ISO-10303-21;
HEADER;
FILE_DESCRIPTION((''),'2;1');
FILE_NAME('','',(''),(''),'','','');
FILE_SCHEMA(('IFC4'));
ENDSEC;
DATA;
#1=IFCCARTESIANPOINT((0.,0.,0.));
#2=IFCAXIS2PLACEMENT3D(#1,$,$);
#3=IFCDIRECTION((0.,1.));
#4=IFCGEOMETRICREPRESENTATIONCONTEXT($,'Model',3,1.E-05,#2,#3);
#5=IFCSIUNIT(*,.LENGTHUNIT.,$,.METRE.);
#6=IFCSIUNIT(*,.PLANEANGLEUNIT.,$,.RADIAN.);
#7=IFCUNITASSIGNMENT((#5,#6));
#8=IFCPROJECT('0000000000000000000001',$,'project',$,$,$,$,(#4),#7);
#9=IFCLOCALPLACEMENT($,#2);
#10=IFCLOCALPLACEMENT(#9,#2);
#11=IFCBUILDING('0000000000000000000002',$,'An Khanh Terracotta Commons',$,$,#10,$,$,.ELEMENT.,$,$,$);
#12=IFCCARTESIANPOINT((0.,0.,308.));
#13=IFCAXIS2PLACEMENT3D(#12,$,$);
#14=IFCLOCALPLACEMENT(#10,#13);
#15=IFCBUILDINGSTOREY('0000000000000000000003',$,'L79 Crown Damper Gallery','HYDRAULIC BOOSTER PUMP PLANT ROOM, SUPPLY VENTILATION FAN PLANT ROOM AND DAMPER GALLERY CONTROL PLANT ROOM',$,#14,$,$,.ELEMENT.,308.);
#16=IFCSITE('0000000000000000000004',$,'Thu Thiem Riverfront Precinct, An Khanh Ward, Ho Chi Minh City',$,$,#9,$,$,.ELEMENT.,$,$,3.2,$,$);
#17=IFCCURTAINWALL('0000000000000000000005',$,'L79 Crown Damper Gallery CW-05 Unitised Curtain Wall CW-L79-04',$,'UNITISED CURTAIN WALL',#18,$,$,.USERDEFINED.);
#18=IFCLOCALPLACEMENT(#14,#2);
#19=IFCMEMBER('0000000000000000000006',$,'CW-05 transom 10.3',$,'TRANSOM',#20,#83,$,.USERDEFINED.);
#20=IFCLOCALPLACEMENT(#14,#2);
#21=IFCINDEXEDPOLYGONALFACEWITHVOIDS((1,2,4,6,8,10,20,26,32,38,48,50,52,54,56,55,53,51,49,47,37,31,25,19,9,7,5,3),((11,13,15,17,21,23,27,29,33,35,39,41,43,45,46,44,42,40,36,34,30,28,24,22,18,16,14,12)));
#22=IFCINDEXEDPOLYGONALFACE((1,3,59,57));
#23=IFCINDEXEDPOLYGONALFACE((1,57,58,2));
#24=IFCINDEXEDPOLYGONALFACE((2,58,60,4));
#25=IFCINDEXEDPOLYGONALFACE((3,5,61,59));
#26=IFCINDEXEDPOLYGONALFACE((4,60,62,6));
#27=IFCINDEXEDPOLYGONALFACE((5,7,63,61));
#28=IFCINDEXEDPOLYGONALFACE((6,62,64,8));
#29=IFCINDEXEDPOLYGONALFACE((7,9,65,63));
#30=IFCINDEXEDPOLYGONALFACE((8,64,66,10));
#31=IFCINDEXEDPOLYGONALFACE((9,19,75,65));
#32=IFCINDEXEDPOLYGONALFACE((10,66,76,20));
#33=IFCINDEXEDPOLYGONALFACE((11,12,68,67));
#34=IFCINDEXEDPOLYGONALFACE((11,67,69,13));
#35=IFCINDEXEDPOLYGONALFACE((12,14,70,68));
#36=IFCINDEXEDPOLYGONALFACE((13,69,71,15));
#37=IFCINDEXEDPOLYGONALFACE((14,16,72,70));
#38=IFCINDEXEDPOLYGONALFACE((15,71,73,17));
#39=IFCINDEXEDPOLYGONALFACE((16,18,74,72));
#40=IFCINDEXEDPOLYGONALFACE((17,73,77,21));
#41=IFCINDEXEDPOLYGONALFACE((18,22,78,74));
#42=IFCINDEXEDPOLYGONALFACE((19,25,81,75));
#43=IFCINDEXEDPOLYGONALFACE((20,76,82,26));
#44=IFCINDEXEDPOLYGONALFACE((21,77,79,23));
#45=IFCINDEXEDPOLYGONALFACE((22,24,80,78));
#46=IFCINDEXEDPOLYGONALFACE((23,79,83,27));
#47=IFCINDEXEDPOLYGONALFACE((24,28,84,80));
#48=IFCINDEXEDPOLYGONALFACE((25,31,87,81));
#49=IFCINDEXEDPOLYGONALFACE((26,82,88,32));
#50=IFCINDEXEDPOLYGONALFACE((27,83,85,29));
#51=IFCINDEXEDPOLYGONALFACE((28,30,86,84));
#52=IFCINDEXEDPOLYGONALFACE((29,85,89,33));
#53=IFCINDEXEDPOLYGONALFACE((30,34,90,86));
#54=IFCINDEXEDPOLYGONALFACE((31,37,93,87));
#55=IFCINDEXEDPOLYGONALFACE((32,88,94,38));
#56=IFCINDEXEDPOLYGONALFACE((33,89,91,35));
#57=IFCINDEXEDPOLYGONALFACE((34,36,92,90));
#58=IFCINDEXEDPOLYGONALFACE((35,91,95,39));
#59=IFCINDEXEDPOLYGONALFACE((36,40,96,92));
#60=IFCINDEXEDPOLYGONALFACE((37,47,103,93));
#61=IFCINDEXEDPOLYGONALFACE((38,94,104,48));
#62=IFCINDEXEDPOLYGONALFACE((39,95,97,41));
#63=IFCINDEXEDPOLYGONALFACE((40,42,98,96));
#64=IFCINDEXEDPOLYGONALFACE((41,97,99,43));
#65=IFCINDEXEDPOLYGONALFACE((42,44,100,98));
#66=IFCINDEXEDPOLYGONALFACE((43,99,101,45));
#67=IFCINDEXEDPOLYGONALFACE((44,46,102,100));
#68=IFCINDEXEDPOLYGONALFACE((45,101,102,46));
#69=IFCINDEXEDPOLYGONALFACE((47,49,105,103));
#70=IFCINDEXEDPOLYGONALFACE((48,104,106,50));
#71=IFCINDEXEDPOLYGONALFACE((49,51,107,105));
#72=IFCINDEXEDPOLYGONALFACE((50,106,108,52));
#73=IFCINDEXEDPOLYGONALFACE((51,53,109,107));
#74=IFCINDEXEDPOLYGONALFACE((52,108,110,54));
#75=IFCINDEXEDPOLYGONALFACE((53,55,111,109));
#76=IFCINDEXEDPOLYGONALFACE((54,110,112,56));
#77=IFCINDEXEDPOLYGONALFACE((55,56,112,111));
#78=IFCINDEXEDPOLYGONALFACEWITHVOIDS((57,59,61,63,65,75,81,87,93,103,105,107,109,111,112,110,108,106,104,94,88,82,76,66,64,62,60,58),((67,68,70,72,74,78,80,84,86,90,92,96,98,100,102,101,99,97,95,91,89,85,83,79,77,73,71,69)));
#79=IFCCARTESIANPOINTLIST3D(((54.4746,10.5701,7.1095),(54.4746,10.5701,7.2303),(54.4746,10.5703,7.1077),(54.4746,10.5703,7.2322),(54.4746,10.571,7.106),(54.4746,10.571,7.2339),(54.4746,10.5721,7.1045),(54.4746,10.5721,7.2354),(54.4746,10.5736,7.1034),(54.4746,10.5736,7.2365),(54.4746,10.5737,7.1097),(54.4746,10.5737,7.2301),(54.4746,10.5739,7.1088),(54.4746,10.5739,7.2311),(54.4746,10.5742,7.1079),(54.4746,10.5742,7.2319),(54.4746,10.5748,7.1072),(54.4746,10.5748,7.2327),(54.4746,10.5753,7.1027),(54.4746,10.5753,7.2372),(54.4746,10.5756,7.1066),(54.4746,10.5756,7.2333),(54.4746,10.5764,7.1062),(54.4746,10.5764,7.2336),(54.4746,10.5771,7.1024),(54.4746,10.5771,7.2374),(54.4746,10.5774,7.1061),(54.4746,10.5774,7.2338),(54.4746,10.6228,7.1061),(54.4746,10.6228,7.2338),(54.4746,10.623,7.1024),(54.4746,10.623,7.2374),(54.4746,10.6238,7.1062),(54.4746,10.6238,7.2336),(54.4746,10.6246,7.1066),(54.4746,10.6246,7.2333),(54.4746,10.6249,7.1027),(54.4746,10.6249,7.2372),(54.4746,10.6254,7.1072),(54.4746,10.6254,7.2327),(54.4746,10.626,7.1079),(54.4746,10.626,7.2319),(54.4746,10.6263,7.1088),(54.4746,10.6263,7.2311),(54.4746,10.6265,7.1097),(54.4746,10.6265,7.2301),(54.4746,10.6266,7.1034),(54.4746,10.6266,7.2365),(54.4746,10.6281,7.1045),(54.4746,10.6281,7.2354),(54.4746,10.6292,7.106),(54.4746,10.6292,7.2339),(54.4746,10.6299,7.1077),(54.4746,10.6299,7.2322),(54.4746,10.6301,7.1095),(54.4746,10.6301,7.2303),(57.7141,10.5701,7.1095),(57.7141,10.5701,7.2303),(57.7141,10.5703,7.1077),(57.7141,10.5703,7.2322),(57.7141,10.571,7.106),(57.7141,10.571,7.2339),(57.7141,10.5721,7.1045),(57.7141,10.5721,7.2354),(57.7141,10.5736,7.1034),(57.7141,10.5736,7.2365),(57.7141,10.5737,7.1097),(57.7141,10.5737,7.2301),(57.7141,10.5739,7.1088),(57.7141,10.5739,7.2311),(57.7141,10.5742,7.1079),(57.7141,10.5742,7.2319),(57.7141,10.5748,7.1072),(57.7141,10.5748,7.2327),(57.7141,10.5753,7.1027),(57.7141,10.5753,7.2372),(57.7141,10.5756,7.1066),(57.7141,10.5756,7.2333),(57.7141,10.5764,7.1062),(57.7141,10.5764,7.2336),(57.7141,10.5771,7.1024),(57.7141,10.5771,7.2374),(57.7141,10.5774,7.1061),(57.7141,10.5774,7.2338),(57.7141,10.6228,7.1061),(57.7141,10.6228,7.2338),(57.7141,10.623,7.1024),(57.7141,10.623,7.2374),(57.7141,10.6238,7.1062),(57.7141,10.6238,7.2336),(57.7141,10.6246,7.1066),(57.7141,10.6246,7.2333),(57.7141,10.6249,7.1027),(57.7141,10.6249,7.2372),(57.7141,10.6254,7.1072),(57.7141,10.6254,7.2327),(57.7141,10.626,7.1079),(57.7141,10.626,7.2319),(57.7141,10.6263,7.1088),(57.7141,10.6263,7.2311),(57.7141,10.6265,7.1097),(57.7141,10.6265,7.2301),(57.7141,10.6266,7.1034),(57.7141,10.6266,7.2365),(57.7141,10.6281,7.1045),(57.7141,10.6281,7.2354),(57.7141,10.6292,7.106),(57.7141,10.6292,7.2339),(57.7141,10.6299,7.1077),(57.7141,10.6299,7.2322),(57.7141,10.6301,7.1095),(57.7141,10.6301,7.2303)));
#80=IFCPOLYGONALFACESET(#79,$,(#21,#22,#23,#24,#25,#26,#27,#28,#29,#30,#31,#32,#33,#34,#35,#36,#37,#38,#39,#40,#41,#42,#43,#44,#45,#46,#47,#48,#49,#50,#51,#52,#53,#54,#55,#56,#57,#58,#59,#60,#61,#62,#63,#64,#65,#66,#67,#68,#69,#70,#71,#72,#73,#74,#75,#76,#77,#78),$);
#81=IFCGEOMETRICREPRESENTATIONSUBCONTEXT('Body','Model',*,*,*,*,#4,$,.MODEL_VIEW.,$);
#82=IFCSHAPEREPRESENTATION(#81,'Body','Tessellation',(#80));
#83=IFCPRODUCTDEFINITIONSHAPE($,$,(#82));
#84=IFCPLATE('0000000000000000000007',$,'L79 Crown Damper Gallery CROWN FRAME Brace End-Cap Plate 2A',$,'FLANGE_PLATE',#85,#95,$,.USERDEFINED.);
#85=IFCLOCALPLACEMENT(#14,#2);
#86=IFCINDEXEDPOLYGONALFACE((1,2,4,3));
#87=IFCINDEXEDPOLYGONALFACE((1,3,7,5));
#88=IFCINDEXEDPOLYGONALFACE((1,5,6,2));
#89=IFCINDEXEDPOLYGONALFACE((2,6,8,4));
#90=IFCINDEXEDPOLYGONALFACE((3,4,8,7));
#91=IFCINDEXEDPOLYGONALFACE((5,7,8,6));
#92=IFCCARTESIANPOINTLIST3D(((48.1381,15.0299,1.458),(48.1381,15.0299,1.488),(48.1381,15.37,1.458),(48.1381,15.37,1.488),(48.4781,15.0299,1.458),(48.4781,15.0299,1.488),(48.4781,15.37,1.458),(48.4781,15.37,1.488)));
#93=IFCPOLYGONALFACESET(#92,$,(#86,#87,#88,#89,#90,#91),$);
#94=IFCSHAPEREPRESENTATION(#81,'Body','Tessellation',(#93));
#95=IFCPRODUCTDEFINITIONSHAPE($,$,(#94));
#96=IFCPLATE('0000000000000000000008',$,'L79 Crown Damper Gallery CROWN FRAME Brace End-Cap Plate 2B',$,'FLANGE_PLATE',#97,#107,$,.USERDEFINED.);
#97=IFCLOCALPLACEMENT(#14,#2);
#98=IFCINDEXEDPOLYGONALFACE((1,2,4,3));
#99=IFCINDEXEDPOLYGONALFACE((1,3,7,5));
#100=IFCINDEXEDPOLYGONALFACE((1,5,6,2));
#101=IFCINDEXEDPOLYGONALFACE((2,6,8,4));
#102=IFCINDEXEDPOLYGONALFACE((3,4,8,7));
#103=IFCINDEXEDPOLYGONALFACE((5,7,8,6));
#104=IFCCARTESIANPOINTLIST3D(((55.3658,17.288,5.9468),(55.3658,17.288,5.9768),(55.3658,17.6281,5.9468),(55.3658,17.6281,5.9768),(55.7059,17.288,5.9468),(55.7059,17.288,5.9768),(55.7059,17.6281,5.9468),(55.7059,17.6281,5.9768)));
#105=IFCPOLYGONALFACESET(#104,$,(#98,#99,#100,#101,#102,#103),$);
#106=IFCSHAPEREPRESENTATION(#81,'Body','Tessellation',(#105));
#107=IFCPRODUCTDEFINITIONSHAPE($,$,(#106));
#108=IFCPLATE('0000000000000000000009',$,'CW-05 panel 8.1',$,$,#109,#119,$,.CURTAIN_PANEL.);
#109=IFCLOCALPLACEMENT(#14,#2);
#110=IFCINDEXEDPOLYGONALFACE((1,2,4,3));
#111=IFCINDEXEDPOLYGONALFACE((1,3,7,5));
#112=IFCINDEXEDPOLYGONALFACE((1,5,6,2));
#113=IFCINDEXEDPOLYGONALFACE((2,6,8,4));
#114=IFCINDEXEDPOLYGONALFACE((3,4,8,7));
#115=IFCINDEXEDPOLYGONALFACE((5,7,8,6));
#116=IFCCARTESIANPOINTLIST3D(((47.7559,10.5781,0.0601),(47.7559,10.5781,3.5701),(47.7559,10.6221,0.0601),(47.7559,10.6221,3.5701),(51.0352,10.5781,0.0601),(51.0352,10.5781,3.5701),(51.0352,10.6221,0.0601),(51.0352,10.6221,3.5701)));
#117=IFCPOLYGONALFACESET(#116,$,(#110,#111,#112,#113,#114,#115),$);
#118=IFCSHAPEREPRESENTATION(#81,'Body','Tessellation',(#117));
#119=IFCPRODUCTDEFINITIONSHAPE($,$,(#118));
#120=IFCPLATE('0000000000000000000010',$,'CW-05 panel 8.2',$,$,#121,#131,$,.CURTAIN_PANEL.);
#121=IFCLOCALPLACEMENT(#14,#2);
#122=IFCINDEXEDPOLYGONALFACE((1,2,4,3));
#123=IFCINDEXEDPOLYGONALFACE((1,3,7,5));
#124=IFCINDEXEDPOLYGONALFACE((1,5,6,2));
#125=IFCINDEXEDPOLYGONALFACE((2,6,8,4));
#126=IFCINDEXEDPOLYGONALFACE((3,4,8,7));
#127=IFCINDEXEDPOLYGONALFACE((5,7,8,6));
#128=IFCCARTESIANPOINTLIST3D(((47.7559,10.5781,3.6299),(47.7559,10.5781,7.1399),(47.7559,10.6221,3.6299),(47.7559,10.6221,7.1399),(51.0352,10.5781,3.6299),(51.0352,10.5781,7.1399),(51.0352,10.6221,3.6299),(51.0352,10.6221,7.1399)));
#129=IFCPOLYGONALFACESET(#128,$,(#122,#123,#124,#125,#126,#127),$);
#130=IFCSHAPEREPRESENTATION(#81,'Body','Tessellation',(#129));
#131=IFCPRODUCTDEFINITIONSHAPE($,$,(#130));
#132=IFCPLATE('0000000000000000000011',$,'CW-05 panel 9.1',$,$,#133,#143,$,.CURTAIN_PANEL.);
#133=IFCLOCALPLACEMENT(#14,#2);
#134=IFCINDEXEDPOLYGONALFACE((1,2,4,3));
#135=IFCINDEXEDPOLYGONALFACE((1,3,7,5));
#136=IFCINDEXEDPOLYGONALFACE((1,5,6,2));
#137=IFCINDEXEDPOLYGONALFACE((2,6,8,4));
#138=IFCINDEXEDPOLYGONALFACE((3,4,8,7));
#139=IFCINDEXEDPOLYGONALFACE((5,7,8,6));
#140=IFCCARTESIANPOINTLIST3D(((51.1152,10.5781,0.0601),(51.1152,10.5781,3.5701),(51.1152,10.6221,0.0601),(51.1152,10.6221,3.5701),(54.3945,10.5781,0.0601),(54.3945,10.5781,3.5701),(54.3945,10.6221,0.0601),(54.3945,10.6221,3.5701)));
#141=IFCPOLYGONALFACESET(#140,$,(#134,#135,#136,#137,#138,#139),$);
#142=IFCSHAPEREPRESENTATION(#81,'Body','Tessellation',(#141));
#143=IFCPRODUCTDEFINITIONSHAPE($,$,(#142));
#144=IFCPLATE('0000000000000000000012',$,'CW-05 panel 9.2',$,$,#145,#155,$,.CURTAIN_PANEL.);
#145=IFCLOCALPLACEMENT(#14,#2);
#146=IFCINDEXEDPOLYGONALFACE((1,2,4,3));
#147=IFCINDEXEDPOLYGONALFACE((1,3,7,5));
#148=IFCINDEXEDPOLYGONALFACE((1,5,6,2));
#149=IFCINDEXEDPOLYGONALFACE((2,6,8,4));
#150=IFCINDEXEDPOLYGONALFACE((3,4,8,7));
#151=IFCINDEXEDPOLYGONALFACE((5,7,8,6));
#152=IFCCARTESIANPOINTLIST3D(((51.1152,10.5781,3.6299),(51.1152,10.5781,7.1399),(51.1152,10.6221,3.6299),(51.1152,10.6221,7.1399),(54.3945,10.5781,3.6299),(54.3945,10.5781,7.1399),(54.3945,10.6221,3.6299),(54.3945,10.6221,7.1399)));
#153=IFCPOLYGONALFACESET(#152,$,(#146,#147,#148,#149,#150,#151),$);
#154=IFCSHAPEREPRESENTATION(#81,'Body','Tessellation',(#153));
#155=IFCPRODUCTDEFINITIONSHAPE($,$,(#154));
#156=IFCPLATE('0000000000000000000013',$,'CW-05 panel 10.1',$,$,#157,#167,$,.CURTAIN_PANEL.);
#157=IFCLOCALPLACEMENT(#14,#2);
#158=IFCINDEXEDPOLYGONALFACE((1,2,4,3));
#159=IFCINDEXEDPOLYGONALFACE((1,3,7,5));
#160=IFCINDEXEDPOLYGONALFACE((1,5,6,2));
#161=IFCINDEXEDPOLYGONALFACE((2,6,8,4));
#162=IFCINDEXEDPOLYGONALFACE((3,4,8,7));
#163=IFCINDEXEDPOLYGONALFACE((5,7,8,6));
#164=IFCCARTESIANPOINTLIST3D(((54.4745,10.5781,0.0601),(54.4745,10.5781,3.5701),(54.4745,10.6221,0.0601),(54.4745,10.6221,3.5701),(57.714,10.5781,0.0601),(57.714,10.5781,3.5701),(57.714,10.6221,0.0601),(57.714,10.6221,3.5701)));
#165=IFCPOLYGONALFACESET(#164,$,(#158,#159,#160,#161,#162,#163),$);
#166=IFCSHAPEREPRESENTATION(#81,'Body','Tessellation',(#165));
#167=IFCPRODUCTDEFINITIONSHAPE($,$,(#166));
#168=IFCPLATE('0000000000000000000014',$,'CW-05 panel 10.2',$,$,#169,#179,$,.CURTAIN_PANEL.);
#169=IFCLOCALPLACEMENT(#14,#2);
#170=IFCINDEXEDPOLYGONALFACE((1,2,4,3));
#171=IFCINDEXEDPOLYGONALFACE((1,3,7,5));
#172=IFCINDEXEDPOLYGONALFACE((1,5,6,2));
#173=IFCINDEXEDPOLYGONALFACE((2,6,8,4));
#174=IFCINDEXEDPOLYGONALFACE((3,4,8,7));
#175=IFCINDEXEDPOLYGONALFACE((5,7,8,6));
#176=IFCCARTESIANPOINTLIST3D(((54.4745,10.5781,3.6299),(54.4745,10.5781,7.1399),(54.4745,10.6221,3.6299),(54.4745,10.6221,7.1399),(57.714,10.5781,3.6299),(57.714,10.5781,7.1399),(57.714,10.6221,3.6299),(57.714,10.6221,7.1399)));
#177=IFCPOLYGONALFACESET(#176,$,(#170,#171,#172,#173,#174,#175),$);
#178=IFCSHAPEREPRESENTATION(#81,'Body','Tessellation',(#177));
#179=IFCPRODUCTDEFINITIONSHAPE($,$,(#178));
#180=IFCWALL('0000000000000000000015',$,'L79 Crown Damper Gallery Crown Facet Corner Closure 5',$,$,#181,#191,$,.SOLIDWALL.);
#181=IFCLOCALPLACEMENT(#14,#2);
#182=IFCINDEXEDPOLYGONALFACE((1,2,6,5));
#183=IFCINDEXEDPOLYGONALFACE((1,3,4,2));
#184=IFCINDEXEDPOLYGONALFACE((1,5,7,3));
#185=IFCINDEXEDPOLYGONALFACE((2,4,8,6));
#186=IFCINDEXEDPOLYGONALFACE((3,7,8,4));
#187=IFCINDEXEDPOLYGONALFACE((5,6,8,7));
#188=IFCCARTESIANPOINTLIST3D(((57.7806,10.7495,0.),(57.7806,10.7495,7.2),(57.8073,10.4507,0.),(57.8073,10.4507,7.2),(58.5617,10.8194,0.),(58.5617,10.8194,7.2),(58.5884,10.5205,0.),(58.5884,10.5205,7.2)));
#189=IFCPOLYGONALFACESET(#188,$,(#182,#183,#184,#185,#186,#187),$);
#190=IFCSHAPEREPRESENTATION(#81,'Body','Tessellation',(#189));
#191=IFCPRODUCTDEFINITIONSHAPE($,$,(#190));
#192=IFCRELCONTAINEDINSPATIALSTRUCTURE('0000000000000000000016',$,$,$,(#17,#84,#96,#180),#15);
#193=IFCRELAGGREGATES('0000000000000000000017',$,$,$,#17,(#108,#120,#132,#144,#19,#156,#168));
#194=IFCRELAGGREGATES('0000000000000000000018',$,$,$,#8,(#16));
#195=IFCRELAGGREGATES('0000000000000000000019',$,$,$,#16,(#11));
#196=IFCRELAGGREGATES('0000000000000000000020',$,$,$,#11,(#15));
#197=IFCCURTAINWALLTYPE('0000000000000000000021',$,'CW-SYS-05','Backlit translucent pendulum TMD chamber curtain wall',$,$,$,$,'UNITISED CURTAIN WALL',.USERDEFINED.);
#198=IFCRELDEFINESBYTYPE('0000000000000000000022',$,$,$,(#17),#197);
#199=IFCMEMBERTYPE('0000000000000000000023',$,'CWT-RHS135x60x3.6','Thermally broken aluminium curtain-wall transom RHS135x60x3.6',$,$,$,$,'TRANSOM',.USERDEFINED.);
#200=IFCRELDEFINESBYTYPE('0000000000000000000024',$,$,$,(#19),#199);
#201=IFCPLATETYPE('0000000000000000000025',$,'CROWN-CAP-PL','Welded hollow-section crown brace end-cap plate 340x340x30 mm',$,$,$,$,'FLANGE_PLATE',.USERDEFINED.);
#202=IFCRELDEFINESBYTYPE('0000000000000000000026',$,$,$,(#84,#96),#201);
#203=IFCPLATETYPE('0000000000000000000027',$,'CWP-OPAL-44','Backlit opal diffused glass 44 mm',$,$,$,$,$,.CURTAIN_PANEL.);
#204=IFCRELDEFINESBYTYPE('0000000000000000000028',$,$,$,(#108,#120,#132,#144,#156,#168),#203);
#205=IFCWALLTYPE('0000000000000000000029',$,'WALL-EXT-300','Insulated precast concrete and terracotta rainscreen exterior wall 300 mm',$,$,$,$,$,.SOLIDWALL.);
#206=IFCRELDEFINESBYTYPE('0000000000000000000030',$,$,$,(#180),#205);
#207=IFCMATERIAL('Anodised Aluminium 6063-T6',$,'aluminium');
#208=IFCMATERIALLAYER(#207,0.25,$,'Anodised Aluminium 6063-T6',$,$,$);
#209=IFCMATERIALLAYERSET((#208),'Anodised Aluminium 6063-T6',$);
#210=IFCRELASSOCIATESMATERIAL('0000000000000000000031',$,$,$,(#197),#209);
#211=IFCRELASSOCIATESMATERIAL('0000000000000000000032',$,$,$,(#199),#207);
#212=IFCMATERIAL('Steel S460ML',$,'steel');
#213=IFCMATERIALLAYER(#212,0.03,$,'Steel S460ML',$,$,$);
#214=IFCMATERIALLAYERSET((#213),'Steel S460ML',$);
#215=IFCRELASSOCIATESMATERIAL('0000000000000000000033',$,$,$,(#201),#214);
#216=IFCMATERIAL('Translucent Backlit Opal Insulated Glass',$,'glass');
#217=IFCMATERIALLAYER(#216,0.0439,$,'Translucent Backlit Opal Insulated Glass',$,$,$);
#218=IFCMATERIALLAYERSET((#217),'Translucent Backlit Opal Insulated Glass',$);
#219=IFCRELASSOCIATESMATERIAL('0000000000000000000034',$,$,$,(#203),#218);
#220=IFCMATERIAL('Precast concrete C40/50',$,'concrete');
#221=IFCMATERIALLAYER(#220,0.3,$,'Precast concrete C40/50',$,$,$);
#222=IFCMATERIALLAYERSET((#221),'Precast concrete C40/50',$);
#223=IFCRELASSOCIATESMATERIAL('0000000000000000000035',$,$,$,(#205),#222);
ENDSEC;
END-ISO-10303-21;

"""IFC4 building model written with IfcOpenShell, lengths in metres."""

from ifc_helpers import new_model, si_unit, direction, frame, frame_2d, origin, origin_2d, place, context, subcontext, project, spatial, rectangle, hollow_rectangle, extrude, material, layer, layer_set, material_profile, profile_set, type_object, element, aggregate, save


model = new_model("IFC4")

# Units and contexts
model_context = context("Model", 3, precision=1e-05, world=origin(), true_north=direction((0.0, 1.0)))
body_context = subcontext(model_context, "Body", "Model", "MODEL_VIEW")
ifc_project = project(units=[si_unit("LENGTHUNIT", "METRE"), si_unit("PLANEANGLEUNIT", "RADIAN")], contexts=[model_context])

# Site, building, storey
site_placement = place(None, origin())
site = spatial("IfcSite", under=ifc_project, at=site_placement, Name="Thu Thiem Riverfront Precinct, An Khanh Ward, Ho Chi Minh City", CompositionType="ELEMENT", RefElevation=3.2)
building_placement = place(site_placement, origin())
building = spatial("IfcBuilding", under=site, at=building_placement, Name="An Khanh Terracotta Commons", CompositionType="ELEMENT")
storey_placement = place(building_placement, frame((0.0, 0.0, 308.0)))
storey = spatial("IfcBuildingStorey", under=building, at=storey_placement, Name="L79 Crown Damper Gallery", Description="HYDRAULIC BOOSTER PUMP PLANT ROOM, SUPPLY VENTILATION FAN PLANT ROOM AND DAMPER GALLERY CONTROL PLANT ROOM", CompositionType="ELEMENT", Elevation=308.0)

# Shared definitions
ifc_material_1 = material(Name="Steel S460ML", Category="steel")

# Curtain wall, member
ifc_material_2 = material(Name="Anodised Aluminium 6063-T6", Category="aluminium")
ifc_layer_1 = layer(ifc_material_2, 0.25, Name="Anodised Aluminium 6063-T6")
ifc_layer_set_1 = layer_set([ifc_layer_1], Name="Anodised Aluminium 6063-T6")
curtain_wall_type = type_object("IfcCurtainWallType", Name="CW-SYS-05", Description="Backlit translucent pendulum TMD chamber curtain wall", ElementType="UNITISED CURTAIN WALL", PredefinedType="USERDEFINED", material=ifc_layer_set_1)
curtain_wall_placement = place(storey_placement, origin())
curtain_wall = element("IfcCurtainWall", 1, at=curtain_wall_placement, inside=storey, type_object=curtain_wall_type, Name="L79 Crown Damper Gallery CW-05 Unitised Curtain Wall CW-L79-04", ObjectType="UNITISED CURTAIN WALL", PredefinedType="USERDEFINED")
ifc_material_profile_1 = material_profile(ifc_material_2, hollow_rectangle(XDim=0.0601, YDim=0.135, WallThickness=0.0037, InnerFilletRadius=0.0037, OuterFilletRadius=0.0071, at=origin_2d()), Name="RHS135x60x3.6")
ifc_profile_set_1 = profile_set([ifc_material_profile_1], Name="Anodised Aluminium 6063-T6")
member_type_1 = type_object("IfcMemberType", Name="CWT-RHS135x60x3.6", Description="Thermally broken aluminium curtain-wall transom RHS135x60x3.6", ElementType="TRANSOM", PredefinedType="USERDEFINED", material=ifc_profile_set_1)
member_1_placement = place(storey_placement, frame((54.4746, 10.6001, 7.1699), z_axis=(1.0, 0.0, 0.0), x_axis=(0.0, 1.0, 0.0)))
member_1 = element("IfcMember", 2, at=member_1_placement, type_object=member_type_1, Name="CW-05 transom 10.3", ObjectType="TRANSOM", PredefinedType="USERDEFINED", context=body_context, shape_type="SweptSolid", body=[
    extrude(hollow_rectangle(XDim=0.0601, YDim=0.135, WallThickness=0.0037, InnerFilletRadius=0.0037, OuterFilletRadius=0.0071, at=origin_2d()), origin(), (0.0, 0.0, 1.0), 3.2395),
])

# Plates
ifc_layer_2 = layer(ifc_material_1, 0.03, Name="Steel S460ML")
ifc_layer_set_2 = layer_set([ifc_layer_2], Name="Steel S460ML")
plate_type_1 = type_object("IfcPlateType", Name="CROWN-CAP-PL", Description="Welded hollow-section crown brace end-cap plate 340x340x30 mm", ElementType="FLANGE_PLATE", PredefinedType="USERDEFINED", material=ifc_layer_set_2)
for number, where, z_axis, x_axis, name in (
    (3, (48.3081, 15.2, 1.458), (0.0, 0.0, 1.0), (1.0, 0.0, 0.0), "L79 Crown Damper Gallery CROWN FRAME Brace End-Cap Plate 2A"),
    (4, (55.5359, 17.458, 5.9468), (0.0, 0.0, 1.0), (1.0, 0.0, 0.0), "L79 Crown Damper Gallery CROWN FRAME Brace End-Cap Plate 2B"),
):
    element("IfcPlate", number, at=place(storey_placement, frame(where, z_axis=z_axis, x_axis=x_axis)), inside=storey, type_object=plate_type_1, Name=name, ObjectType="FLANGE_PLATE", PredefinedType="USERDEFINED", context=body_context, shape_type="SweptSolid", body=[
        extrude(rectangle(XDim=0.3401, YDim=0.3401, at=origin_2d()), origin(), (0.0, 0.0, 1.0), 0.03),
    ])

# Plates
ifc_material_3 = material(Name="Translucent Backlit Opal Insulated Glass", Category="glass")
ifc_layer_3 = layer(ifc_material_3, 0.0439, Name="Translucent Backlit Opal Insulated Glass")
ifc_layer_set_3 = layer_set([ifc_layer_3], Name="Translucent Backlit Opal Insulated Glass")
plate_type_2 = type_object("IfcPlateType", Name="CWP-OPAL-44", Description="Backlit opal diffused glass 44 mm", PredefinedType="CURTAIN_PANEL", material=ifc_layer_set_3)
plate_1_placement = place(storey_placement, frame((49.3955, 10.6001, 0.0601), z_axis=(0.0, 0.0, 1.0), x_axis=(1.0, 0.0, 0.0)))
plate_1 = element("IfcPlate", 5, at=plate_1_placement, type_object=plate_type_2, Name="CW-05 panel 8.1", PredefinedType="CURTAIN_PANEL", context=body_context, shape_type="SweptSolid", body=[
    extrude(rectangle(XDim=3.2793, YDim=0.0439, at=origin_2d()), origin(), (0.0, 0.0, 1.0), 3.51),
])
plate_2_placement = place(storey_placement, frame((49.3955, 10.6001, 3.6299), z_axis=(0.0, 0.0, 1.0), x_axis=(1.0, 0.0, 0.0)))
plate_2 = element("IfcPlate", 6, at=plate_2_placement, type_object=plate_type_2, Name="CW-05 panel 8.2", PredefinedType="CURTAIN_PANEL", context=body_context, shape_type="SweptSolid", body=[
    extrude(rectangle(XDim=3.2793, YDim=0.0439, at=origin_2d()), origin(), (0.0, 0.0, 1.0), 3.51),
])
plate_3_placement = place(storey_placement, frame((52.7549, 10.6001, 0.0601), z_axis=(0.0, 0.0, 1.0), x_axis=(1.0, 0.0, 0.0)))
plate_3 = element("IfcPlate", 7, at=plate_3_placement, type_object=plate_type_2, Name="CW-05 panel 9.1", PredefinedType="CURTAIN_PANEL", context=body_context, shape_type="SweptSolid", body=[
    extrude(rectangle(XDim=3.2793, YDim=0.0439, at=origin_2d()), origin(), (0.0, 0.0, 1.0), 3.51),
])
plate_4_placement = place(storey_placement, frame((52.7549, 10.6001, 3.6299), z_axis=(0.0, 0.0, 1.0), x_axis=(1.0, 0.0, 0.0)))
plate_4 = element("IfcPlate", 8, at=plate_4_placement, type_object=plate_type_2, Name="CW-05 panel 9.2", PredefinedType="CURTAIN_PANEL", context=body_context, shape_type="SweptSolid", body=[
    extrude(rectangle(XDim=3.2793, YDim=0.0439, at=origin_2d()), origin(), (0.0, 0.0, 1.0), 3.51),
])
plate_5_placement = place(storey_placement, frame((56.0942, 10.6001, 0.0601), z_axis=(0.0, 0.0, 1.0), x_axis=(1.0, 0.0, 0.0)))
plate_5 = element("IfcPlate", 9, at=plate_5_placement, type_object=plate_type_2, Name="CW-05 panel 10.1", PredefinedType="CURTAIN_PANEL", context=body_context, shape_type="SweptSolid", body=[
    extrude(rectangle(XDim=3.2395, YDim=0.0439, at=origin_2d()), origin(), (0.0, 0.0, 1.0), 3.51),
])
plate_6_placement = place(storey_placement, frame((56.0942, 10.6001, 3.6299), z_axis=(0.0, 0.0, 1.0), x_axis=(1.0, 0.0, 0.0)))
plate_6 = element("IfcPlate", 10, at=plate_6_placement, type_object=plate_type_2, Name="CW-05 panel 10.2", PredefinedType="CURTAIN_PANEL", context=body_context, shape_type="SweptSolid", body=[
    extrude(rectangle(XDim=3.2395, YDim=0.0439, at=origin_2d()), origin(), (0.0, 0.0, 1.0), 3.51),
])
aggregate(curtain_wall, [plate_1, plate_2, plate_3, plate_4, member_1, plate_5, plate_6])

# Wall
ifc_material_4 = material(Name="Precast concrete C40/50", Category="concrete")
ifc_layer_4 = layer(ifc_material_4, 0.3, Name="Precast concrete C40/50")
ifc_layer_set_4 = layer_set([ifc_layer_4], Name="Precast concrete C40/50")
wall_type_1 = type_object("IfcWallType", Name="WALL-EXT-300", Description="Insulated precast concrete and terracotta rainscreen exterior wall 300 mm", PredefinedType="SOLIDWALL", material=ifc_layer_set_4)
wall_1_placement = place(storey_placement, frame((57.7939, 10.6001, 0.0), z_axis=(0.0, 0.0, 1.0), x_axis=(0.996027, 0.089048, 0.0)))
element("IfcWall", 11, at=wall_1_placement, inside=storey, type_object=wall_type_1, Name="L79 Crown Damper Gallery Crown Facet Corner Closure 5", PredefinedType="SOLIDWALL", context=body_context, shape_type="SweptSolid", body=[
    extrude(rectangle(XDim=0.7842, YDim=0.3, at=frame_2d((0.3921, 0.0))), origin(), (0.0, 0.0, 1.0), 7.2),
])

save(model, "model.ifc")
